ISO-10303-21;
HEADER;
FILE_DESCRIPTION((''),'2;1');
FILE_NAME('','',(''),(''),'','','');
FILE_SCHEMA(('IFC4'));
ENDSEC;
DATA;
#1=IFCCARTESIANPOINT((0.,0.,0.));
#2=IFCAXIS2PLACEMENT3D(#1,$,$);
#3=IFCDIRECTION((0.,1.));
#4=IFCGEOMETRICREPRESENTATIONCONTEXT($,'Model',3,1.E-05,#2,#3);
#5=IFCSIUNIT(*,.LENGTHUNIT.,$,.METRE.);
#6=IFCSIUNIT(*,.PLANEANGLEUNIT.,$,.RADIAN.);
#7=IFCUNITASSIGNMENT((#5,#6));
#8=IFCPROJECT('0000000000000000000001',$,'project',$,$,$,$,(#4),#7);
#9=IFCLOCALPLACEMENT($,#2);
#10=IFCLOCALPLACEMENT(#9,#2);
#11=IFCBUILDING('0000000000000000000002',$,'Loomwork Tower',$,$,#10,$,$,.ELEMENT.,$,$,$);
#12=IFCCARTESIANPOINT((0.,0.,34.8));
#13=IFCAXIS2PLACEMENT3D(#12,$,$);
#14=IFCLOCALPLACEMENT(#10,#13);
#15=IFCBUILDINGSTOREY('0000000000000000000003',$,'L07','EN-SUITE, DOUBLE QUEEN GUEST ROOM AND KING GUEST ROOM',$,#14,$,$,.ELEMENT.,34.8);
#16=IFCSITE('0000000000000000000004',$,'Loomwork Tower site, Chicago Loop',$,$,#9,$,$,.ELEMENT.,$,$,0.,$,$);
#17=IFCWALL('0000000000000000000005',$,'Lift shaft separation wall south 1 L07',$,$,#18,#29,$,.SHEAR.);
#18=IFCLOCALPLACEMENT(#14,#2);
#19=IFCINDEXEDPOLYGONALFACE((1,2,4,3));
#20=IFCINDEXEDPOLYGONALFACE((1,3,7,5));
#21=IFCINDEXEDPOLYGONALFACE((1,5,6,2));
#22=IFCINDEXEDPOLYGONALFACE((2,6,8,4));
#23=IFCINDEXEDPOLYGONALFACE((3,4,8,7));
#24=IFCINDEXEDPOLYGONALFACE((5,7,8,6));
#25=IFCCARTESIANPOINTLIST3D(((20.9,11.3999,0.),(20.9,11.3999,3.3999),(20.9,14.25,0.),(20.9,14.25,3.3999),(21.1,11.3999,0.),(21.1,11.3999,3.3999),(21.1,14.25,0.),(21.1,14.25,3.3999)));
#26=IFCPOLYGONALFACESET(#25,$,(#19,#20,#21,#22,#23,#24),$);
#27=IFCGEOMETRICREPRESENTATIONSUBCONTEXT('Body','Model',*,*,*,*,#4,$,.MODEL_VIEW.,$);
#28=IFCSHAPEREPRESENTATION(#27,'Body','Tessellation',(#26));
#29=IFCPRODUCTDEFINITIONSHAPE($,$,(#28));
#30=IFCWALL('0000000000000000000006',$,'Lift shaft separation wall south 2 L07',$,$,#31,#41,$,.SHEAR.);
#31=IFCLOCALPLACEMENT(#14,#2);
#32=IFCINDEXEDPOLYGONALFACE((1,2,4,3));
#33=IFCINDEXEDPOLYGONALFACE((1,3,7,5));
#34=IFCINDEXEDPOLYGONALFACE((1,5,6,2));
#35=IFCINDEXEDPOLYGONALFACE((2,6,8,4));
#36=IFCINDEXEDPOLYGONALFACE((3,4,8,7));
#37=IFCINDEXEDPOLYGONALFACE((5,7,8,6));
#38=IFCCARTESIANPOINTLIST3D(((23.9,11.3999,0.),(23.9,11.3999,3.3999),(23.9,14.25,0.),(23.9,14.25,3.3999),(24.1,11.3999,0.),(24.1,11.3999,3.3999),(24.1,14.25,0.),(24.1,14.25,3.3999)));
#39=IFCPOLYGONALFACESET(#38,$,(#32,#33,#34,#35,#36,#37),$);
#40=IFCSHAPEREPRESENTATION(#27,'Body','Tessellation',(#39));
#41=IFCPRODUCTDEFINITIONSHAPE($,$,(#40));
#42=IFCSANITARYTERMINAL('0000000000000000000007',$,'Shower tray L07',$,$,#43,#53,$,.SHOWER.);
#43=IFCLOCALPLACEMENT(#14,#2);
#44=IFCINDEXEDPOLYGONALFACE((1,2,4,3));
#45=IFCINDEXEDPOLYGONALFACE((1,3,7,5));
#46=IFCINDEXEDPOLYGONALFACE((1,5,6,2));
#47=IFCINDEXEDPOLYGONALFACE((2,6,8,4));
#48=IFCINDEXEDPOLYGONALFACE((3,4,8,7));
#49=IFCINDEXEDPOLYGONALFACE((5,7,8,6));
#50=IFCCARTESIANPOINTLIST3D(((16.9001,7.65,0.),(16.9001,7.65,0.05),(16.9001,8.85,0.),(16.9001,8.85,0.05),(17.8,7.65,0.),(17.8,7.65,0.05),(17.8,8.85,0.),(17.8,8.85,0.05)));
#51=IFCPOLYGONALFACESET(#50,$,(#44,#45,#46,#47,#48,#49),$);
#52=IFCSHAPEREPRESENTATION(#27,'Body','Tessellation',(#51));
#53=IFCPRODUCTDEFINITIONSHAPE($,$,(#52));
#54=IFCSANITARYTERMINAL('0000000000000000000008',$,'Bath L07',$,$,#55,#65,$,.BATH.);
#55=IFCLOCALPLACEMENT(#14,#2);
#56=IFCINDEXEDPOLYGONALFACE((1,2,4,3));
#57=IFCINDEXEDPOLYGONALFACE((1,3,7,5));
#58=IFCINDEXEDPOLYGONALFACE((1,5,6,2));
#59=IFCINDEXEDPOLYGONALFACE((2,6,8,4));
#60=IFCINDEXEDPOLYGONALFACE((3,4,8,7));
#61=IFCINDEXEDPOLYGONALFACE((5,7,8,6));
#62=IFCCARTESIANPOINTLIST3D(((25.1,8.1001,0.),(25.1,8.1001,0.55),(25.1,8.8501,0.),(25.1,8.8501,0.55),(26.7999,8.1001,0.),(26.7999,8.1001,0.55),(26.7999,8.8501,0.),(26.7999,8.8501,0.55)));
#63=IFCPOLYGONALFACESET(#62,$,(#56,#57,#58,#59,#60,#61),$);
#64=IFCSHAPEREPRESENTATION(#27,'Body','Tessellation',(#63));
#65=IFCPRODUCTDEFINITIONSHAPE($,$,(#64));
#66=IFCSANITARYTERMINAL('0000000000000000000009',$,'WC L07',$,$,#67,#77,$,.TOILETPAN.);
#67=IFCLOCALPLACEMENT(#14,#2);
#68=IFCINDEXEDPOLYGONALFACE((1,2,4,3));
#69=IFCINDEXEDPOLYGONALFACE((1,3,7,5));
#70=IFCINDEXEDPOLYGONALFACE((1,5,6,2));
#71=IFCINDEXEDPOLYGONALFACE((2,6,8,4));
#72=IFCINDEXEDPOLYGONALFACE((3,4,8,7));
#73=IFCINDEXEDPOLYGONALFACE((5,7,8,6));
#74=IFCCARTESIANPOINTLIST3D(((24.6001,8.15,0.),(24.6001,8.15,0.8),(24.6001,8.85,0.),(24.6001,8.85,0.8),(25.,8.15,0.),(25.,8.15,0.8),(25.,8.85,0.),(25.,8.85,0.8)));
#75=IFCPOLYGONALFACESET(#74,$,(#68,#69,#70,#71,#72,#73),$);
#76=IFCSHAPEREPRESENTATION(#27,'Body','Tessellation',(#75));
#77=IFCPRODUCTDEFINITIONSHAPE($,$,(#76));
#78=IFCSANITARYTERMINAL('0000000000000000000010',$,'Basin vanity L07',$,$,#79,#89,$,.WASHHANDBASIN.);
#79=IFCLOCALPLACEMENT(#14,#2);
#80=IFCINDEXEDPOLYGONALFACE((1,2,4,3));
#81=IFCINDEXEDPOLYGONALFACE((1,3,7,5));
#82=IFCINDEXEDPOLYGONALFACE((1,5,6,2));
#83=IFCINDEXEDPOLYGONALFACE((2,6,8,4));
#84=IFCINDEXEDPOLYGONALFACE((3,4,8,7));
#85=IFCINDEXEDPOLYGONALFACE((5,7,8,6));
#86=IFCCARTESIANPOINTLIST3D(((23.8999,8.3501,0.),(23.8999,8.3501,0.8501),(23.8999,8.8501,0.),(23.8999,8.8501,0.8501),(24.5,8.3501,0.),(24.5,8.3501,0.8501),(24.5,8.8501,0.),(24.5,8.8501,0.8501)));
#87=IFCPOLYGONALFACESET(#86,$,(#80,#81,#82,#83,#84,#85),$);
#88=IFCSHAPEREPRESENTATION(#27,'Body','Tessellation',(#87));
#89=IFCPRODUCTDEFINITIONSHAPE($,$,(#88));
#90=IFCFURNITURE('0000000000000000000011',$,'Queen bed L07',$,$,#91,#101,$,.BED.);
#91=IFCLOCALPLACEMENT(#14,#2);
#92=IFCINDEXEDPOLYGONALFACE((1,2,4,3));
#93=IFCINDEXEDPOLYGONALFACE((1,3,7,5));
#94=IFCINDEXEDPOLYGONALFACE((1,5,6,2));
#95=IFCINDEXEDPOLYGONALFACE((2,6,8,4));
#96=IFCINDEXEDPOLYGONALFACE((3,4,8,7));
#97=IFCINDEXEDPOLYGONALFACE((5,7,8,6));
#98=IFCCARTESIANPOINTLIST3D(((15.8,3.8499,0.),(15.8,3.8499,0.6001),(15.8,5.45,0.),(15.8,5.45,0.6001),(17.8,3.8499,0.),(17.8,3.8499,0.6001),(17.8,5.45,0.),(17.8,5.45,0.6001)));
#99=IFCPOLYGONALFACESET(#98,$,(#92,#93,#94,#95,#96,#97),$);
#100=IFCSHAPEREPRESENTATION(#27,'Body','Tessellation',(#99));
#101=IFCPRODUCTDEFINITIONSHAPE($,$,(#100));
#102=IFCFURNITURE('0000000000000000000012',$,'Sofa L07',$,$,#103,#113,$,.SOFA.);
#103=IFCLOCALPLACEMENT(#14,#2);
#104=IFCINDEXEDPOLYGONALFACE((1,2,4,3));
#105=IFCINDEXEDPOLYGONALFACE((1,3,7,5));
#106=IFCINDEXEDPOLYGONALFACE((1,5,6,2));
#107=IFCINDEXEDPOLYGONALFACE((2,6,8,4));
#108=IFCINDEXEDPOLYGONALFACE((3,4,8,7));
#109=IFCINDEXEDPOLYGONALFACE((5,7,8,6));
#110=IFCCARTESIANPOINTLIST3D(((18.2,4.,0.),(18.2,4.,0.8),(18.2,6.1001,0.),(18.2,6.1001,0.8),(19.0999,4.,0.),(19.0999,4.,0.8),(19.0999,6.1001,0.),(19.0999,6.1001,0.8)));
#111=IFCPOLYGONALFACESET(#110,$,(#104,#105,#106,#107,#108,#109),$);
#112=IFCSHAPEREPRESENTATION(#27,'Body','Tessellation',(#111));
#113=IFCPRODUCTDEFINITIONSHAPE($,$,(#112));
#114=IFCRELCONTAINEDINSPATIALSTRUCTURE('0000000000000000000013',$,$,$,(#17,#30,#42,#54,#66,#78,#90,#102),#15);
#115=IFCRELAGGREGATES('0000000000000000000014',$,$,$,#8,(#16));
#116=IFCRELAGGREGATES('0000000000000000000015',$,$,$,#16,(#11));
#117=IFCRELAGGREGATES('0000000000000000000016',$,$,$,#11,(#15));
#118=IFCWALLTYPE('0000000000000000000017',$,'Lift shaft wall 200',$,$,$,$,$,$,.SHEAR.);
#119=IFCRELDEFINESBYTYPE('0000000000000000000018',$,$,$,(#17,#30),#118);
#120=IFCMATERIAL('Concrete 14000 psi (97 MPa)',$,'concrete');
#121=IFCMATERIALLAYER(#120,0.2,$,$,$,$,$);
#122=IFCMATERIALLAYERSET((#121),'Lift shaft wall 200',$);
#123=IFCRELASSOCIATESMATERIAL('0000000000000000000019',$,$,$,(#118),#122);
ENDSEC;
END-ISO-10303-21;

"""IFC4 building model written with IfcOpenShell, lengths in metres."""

from ifc_helpers import new_model, si_unit, direction, frame, frame_2d, origin, origin_2d, place, context, subcontext, project, spatial, rectangle, extrude, material, layer, layer_set, type_object, element, save


model = new_model("IFC4")

# Units and contexts
model_context = context("Model", 3, precision=1e-05, world=origin(), true_north=direction((0.0, 1.0)))
body_context = subcontext(model_context, "Body", "Model", "MODEL_VIEW")
ifc_project = project(units=[si_unit("LENGTHUNIT", "METRE"), si_unit("PLANEANGLEUNIT", "RADIAN")], contexts=[model_context])

# Site, building, storey
site_placement = place(None, origin())
site = spatial("IfcSite", under=ifc_project, at=site_placement, Name="Loomwork Tower site, Chicago Loop", CompositionType="ELEMENT", RefElevation=0.0)
building_placement = place(site_placement, origin())
building = spatial("IfcBuilding", under=site, at=building_placement, Name="Loomwork Tower", CompositionType="ELEMENT")
storey_placement = place(building_placement, frame((0.0, 0.0, 34.8)))
storey = spatial("IfcBuildingStorey", under=building, at=storey_placement, Name="L07", Description="EN-SUITE, DOUBLE QUEEN GUEST ROOM AND KING GUEST ROOM", CompositionType="ELEMENT", Elevation=34.8)

# Walls
ifc_material_1 = material(Name="Concrete 14000 psi (97 MPa)", Category="concrete")
ifc_layer_1 = layer(ifc_material_1, 0.2)
ifc_layer_set_1 = layer_set([ifc_layer_1], Name="Lift shaft wall 200")
wall_type_1 = type_object("IfcWallType", Name="Lift shaft wall 200", PredefinedType="SHEAR", material=ifc_layer_set_1)
for number, where, z_axis, x_axis, name in (
    (1, (21.0, 11.3999, 0.0), (0.0, 0.0, 1.0), (0.0, 1.0, 0.0), "Lift shaft separation wall south 1 L07"),
    (2, (24.0, 11.3999, 0.0), (0.0, 0.0, 1.0), (0.0, 1.0, 0.0), "Lift shaft separation wall south 2 L07"),
):
    element("IfcWall", number, at=place(storey_placement, frame(where, z_axis=z_axis, x_axis=x_axis)), inside=storey, type_object=wall_type_1, Name=name, PredefinedType="SHEAR", context=body_context, shape_type="SweptSolid", body=[
        extrude(rectangle(XDim=2.8501, YDim=0.2, at=frame_2d((1.425, 0.0))), origin(), (0.0, 0.0, 1.0), 3.3999),
    ])

# Sanitary terminals
sanitary_terminal_1_placement = place(storey_placement, frame((17.3501, 8.25, 0.0), z_axis=(0.0, 0.0, 1.0), x_axis=(1.0, 0.0, 0.0)))
element("IfcSanitaryTerminal", 3, at=sanitary_terminal_1_placement, inside=storey, Name="Shower tray L07", PredefinedType="SHOWER", context=body_context, shape_type="SweptSolid", body=[
    extrude(rectangle(XDim=0.8999, YDim=1.2, at=origin_2d()), origin(), (0.0, 0.0, 1.0), 0.05),
])
sanitary_terminal_2_placement = place(storey_placement, frame((25.95, 8.4751, 0.0), z_axis=(0.0, 0.0, 1.0), x_axis=(1.0, 0.0, 0.0)))
element("IfcSanitaryTerminal", 4, at=sanitary_terminal_2_placement, inside=storey, Name="Bath L07", PredefinedType="BATH", context=body_context, shape_type="SweptSolid", body=[
    extrude(rectangle(XDim=1.7, YDim=0.75, at=origin_2d()), origin(), (0.0, 0.0, 1.0), 0.55),
])
sanitary_terminal_3_placement = place(storey_placement, frame((24.8, 8.5, 0.0), z_axis=(0.0, 0.0, 1.0), x_axis=(1.0, 0.0, 0.0)))
element("IfcSanitaryTerminal", 5, at=sanitary_terminal_3_placement, inside=storey, Name="WC L07", PredefinedType="TOILETPAN", context=body_context, shape_type="SweptSolid", body=[
    extrude(rectangle(XDim=0.3999, YDim=0.7, at=origin_2d()), origin(), (0.0, 0.0, 1.0), 0.8),
])
sanitary_terminal_4_placement = place(storey_placement, frame((24.2, 8.6001, 0.0), z_axis=(0.0, 0.0, 1.0), x_axis=(1.0, 0.0, 0.0)))
element("IfcSanitaryTerminal", 6, at=sanitary_terminal_4_placement, inside=storey, Name="Basin vanity L07", PredefinedType="WASHHANDBASIN", context=body_context, shape_type="SweptSolid", body=[
    extrude(rectangle(XDim=0.6001, YDim=0.5, at=origin_2d()), origin(), (0.0, 0.0, 1.0), 0.8501),
])

# Furniture
furniture_1_placement = place(storey_placement, frame((16.8, 4.6499, 0.0), z_axis=(0.0, 0.0, 1.0), x_axis=(1.0, 0.0, 0.0)))
element("IfcFurniture", 7, at=furniture_1_placement, inside=storey, Name="Queen bed L07", PredefinedType="BED", context=body_context, shape_type="SweptSolid", body=[
    extrude(rectangle(XDim=2.0, YDim=1.6001, at=origin_2d()), origin(), (0.0, 0.0, 1.0), 0.6001),
])
furniture_2_placement = place(storey_placement, frame((18.6499, 5.05, 0.0), z_axis=(0.0, 0.0, 1.0), x_axis=(1.0, 0.0, 0.0)))
element("IfcFurniture", 8, at=furniture_2_placement, inside=storey, Name="Sofa L07", PredefinedType="SOFA", context=body_context, shape_type="SweptSolid", body=[
    extrude(rectangle(XDim=0.8999, YDim=2.1001, at=origin_2d()), origin(), (0.0, 0.0, 1.0), 0.8),
])

save(model, "model.ifc")
